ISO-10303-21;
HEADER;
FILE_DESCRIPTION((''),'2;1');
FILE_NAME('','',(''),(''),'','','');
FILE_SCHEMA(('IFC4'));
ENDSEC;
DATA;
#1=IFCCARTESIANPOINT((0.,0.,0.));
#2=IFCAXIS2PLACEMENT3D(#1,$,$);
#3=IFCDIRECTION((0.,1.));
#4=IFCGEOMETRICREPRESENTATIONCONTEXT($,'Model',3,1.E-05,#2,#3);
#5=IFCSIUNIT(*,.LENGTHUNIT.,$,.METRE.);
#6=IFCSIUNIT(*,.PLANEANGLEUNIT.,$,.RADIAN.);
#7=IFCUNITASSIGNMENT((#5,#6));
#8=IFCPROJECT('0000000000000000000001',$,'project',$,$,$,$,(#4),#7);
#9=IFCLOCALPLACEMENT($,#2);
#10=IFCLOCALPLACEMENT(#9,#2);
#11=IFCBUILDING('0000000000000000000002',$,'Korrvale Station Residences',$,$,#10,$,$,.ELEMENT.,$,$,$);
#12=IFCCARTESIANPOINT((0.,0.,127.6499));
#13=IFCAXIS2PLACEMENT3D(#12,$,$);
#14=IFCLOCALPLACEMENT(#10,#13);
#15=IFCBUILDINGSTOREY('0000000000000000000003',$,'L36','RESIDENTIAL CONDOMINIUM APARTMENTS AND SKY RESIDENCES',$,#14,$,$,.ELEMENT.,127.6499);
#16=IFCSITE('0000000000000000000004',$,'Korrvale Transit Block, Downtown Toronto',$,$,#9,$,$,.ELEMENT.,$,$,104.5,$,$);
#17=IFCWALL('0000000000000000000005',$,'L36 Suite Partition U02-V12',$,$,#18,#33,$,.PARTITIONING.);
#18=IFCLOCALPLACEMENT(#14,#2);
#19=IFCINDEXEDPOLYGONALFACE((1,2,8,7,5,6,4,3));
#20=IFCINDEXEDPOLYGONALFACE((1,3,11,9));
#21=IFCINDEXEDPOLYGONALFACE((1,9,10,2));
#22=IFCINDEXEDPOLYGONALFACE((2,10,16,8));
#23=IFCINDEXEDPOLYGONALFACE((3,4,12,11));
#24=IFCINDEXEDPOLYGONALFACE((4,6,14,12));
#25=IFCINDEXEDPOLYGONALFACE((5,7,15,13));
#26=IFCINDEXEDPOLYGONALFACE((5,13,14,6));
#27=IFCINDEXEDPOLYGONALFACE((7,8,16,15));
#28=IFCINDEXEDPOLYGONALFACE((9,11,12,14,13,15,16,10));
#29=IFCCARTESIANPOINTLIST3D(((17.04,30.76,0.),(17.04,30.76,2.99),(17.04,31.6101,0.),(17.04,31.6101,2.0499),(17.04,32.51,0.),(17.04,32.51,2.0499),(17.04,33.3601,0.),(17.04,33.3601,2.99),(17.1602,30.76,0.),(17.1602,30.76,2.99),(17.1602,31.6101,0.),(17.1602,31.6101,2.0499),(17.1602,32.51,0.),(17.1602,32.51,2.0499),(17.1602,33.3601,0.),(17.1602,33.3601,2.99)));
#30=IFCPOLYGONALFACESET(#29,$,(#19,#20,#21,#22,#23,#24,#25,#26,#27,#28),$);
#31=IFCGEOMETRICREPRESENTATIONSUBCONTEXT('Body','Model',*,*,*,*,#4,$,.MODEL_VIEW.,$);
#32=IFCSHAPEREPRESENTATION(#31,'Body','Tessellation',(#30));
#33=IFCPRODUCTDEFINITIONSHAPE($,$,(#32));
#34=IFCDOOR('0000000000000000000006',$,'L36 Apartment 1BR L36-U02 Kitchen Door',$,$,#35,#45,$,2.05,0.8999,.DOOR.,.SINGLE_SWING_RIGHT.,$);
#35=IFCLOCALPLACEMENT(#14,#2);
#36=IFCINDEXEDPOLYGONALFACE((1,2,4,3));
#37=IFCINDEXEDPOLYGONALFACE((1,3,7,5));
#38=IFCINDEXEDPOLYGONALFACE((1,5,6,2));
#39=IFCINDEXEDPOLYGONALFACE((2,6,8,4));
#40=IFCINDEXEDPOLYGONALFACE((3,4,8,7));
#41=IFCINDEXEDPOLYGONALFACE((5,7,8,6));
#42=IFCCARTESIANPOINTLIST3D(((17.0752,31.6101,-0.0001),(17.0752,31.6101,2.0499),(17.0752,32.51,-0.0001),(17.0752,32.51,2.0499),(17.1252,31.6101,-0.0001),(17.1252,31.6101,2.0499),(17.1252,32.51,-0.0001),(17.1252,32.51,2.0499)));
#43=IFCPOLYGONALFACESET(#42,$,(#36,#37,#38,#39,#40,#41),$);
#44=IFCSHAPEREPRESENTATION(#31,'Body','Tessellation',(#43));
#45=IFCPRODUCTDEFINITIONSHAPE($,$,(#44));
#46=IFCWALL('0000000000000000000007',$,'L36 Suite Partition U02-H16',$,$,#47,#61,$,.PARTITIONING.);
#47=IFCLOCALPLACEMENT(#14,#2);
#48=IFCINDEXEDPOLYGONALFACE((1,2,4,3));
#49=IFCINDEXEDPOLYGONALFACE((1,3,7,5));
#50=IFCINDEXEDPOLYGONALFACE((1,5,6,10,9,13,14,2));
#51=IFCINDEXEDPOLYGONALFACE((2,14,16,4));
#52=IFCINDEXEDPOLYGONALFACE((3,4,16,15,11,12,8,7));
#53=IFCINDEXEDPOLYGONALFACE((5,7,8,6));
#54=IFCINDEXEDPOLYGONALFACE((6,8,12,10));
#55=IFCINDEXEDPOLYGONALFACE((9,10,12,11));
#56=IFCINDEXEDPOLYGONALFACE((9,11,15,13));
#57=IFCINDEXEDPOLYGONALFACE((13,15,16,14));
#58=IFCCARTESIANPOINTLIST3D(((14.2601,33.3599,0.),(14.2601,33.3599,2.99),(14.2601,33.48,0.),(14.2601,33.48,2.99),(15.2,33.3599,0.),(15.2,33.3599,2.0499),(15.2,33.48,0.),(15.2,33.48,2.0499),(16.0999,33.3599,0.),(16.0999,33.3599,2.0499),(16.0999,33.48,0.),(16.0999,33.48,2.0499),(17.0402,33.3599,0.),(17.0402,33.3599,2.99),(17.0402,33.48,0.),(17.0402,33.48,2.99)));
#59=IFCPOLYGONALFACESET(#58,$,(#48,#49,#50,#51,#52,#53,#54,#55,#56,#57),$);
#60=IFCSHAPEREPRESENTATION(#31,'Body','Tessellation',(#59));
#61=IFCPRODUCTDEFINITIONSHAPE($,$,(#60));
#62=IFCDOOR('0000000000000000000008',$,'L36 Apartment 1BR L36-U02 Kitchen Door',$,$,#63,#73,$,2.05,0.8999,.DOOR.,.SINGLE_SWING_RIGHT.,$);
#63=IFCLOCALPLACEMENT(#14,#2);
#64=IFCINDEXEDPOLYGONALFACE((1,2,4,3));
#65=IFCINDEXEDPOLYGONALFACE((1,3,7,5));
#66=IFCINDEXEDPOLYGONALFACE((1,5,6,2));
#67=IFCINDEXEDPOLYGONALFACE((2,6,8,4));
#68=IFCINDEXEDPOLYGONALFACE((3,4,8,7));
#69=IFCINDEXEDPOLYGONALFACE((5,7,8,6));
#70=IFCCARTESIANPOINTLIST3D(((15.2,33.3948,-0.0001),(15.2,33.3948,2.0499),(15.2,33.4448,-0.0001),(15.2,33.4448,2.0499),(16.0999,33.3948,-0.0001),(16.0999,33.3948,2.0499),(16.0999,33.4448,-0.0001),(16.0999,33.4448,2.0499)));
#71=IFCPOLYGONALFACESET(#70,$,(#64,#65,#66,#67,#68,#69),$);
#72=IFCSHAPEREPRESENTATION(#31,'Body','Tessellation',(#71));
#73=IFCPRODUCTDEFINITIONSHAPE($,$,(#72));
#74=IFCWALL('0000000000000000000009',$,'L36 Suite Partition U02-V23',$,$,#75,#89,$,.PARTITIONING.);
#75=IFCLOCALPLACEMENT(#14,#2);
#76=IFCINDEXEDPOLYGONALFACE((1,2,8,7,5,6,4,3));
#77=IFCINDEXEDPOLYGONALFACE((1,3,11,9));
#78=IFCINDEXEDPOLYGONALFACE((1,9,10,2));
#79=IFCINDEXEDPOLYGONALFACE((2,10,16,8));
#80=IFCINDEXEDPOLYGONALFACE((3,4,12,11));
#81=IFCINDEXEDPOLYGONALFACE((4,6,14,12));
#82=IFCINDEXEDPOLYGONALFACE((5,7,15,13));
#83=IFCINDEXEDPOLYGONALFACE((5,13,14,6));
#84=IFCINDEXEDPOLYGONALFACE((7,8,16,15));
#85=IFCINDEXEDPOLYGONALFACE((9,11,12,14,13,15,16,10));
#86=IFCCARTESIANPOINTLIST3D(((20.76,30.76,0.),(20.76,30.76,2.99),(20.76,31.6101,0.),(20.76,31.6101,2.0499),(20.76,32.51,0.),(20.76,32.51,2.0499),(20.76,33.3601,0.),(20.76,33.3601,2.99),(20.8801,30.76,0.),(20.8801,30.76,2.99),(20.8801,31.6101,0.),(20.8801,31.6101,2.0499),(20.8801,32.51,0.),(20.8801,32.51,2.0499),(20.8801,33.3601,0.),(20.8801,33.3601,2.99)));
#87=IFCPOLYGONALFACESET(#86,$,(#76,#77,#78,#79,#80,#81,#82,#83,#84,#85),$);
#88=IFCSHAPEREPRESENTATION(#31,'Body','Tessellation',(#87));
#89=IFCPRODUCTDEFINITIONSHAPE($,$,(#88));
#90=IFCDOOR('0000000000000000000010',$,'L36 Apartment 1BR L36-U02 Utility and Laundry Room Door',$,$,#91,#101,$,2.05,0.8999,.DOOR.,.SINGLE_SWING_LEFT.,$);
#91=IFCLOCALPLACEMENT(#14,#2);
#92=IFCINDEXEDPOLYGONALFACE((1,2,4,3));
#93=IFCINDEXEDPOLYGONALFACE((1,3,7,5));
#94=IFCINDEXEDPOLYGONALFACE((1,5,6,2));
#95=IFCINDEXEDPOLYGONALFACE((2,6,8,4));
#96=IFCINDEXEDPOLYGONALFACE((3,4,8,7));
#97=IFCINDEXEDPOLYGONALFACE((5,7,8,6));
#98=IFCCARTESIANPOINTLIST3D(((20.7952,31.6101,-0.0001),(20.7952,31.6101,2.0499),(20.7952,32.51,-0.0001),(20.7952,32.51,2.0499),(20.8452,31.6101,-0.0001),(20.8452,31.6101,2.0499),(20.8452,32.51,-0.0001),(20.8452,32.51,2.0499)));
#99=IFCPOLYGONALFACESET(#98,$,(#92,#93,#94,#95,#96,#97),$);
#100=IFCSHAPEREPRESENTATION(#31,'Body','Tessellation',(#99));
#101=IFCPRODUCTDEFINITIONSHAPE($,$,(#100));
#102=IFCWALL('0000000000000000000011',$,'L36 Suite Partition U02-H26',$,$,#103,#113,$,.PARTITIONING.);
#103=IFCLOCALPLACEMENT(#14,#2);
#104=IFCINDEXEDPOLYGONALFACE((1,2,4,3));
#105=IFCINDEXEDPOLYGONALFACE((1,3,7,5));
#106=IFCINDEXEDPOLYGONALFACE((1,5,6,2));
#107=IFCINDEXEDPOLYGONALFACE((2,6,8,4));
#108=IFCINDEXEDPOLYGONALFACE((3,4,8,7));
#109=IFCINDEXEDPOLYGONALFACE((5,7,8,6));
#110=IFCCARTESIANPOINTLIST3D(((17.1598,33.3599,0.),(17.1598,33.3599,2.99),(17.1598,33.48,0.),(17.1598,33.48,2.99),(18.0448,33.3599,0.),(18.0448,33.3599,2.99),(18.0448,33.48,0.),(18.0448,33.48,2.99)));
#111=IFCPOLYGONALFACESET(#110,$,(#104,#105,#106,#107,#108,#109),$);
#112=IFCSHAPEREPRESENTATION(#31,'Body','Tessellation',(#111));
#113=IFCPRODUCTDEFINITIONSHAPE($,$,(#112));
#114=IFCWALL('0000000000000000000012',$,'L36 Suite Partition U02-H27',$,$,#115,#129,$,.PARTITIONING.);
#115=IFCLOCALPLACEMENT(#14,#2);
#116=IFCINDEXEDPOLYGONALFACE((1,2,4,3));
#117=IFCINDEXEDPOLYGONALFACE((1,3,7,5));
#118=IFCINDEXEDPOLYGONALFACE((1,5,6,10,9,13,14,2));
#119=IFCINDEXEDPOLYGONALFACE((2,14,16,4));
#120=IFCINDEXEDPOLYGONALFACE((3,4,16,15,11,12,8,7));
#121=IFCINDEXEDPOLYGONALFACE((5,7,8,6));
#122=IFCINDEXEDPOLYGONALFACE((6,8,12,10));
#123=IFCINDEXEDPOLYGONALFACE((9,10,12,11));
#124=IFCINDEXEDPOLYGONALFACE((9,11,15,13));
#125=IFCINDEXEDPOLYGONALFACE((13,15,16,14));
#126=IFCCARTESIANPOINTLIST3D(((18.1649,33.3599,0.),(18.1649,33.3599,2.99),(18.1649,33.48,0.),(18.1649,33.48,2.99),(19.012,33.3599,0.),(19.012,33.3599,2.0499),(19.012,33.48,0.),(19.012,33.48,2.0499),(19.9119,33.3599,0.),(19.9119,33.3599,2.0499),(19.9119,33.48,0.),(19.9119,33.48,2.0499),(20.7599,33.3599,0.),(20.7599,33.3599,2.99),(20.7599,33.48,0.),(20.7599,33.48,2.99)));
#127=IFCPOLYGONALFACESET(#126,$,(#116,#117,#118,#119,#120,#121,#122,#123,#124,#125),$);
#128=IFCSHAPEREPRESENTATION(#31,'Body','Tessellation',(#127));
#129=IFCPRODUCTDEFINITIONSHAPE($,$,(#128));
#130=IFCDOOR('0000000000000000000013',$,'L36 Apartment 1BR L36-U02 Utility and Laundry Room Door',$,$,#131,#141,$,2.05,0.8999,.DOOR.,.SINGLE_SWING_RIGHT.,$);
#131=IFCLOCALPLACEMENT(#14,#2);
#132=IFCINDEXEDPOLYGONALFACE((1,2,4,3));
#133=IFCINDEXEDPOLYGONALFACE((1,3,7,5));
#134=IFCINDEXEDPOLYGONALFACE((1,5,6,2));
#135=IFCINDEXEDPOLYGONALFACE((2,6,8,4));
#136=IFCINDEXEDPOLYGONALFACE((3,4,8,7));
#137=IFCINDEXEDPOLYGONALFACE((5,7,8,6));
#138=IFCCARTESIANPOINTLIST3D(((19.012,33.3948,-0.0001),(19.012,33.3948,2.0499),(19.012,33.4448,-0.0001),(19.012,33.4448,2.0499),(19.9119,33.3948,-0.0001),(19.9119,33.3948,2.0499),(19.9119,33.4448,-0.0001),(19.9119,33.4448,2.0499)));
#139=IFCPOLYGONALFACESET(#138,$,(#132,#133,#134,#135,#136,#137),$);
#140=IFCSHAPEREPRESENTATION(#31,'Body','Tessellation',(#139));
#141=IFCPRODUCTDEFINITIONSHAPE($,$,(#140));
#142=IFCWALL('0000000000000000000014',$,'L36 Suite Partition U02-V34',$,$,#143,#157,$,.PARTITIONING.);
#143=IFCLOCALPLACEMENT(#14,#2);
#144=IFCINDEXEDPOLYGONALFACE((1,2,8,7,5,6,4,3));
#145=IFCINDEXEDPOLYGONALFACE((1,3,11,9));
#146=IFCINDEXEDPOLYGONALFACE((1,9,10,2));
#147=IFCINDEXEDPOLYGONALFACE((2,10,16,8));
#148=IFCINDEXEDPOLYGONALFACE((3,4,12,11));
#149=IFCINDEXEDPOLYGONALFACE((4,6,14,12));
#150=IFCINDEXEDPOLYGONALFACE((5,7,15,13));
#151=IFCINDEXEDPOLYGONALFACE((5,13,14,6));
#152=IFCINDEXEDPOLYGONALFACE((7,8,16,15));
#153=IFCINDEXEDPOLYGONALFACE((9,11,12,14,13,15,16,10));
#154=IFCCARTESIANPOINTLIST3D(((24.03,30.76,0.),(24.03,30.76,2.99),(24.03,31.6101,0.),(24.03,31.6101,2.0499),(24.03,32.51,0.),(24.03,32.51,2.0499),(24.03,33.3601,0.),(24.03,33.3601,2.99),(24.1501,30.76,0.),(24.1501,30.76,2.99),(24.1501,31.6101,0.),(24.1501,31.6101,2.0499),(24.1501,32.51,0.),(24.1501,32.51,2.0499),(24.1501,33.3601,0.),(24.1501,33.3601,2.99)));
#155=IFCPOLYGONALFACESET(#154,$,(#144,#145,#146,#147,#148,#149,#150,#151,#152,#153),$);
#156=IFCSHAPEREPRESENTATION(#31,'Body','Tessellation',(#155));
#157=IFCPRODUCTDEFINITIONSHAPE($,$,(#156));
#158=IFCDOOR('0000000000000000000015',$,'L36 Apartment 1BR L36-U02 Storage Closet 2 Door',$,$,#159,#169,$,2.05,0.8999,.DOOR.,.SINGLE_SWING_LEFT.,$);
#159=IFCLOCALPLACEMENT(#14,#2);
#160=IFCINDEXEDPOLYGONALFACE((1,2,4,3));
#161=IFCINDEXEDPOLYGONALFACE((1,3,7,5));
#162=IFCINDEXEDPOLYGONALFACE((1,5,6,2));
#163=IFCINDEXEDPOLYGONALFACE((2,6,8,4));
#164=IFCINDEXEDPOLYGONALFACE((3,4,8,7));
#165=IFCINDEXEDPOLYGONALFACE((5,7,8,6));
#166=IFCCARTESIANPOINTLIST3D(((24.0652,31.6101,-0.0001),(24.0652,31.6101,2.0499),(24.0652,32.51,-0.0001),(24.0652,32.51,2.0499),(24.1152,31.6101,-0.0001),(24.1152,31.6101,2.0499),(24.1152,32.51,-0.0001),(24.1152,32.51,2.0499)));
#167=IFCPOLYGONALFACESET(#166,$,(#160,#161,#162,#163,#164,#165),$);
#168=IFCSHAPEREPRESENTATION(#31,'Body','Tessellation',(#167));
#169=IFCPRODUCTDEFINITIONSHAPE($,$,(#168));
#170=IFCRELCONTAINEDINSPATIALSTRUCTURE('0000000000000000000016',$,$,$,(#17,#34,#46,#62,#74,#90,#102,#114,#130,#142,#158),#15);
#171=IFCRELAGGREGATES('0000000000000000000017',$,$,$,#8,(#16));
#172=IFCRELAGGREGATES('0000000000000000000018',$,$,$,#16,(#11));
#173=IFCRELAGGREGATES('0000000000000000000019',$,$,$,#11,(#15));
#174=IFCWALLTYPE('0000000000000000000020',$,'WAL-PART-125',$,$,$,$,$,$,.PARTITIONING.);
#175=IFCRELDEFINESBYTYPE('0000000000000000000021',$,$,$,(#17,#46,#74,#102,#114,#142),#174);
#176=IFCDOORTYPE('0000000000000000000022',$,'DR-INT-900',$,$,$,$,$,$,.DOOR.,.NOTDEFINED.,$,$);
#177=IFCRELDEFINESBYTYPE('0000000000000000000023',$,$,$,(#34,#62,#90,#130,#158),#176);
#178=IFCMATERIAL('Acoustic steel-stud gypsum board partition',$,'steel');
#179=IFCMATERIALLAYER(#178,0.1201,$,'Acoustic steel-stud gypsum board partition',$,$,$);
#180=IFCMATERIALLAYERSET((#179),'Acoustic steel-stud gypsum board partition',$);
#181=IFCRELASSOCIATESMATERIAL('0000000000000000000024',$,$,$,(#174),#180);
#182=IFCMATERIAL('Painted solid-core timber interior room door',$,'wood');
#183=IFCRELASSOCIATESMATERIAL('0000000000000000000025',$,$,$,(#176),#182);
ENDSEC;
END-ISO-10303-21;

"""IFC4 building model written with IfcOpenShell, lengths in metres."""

from ifc_helpers import new_model, si_unit, direction, frame, frame_2d, origin, place, context, subcontext, project, spatial, rectangle, extrude, material, layer, layer_set, type_object, element, fill, save


model = new_model("IFC4")

# Units and contexts
model_context = context("Model", 3, precision=1e-05, world=origin(), true_north=direction((0.0, 1.0)))
body_context = subcontext(model_context, "Body", "Model", "MODEL_VIEW")
ifc_project = project(units=[si_unit("LENGTHUNIT", "METRE"), si_unit("PLANEANGLEUNIT", "RADIAN")], contexts=[model_context])

# Site, building, storey
site_placement = place(None, origin())
site = spatial("IfcSite", under=ifc_project, at=site_placement, Name="Korrvale Transit Block, Downtown Toronto", CompositionType="ELEMENT", RefElevation=104.5)
building_placement = place(site_placement, origin())
building = spatial("IfcBuilding", under=site, at=building_placement, Name="Korrvale Station Residences", CompositionType="ELEMENT")
storey_placement = place(building_placement, frame((0.0, 0.0, 127.6499)))
storey = spatial("IfcBuildingStorey", under=building, at=storey_placement, Name="L36", Description="RESIDENTIAL CONDOMINIUM APARTMENTS AND SKY RESIDENCES", CompositionType="ELEMENT", Elevation=127.6499)

# Walls, openings, doors
ifc_material_1 = material(Name="Acoustic steel-stud gypsum board partition", Category="steel")
ifc_layer_1 = layer(ifc_material_1, 0.1201, Name="Acoustic steel-stud gypsum board partition")
ifc_layer_set_1 = layer_set([ifc_layer_1], Name="Acoustic steel-stud gypsum board partition")
wall_type = type_object("IfcWallType", Name="WAL-PART-125", PredefinedType="PARTITIONING", material=ifc_layer_set_1)
wall_1_placement = place(storey_placement, frame((17.1001, 30.76, 0.0), z_axis=(0.0, 0.0, 1.0), x_axis=(0.0, 1.0, 0.0)))
wall_1 = element("IfcWall", 1, at=wall_1_placement, inside=storey, type_object=wall_type, Name="L36 Suite Partition U02-V12", PredefinedType="PARTITIONING", context=body_context, shape_type="SweptSolid", body=[
    extrude(rectangle(XDim=2.6001, YDim=0.1201, at=frame_2d((1.3, 0.0))), origin(), (0.0, 0.0, 1.0), 2.99),
])
opening_1_placement = place(wall_1_placement, frame((0.8501, 0.0, 0.0)))
opening_1 = element("IfcOpeningElement", 2, at=opening_1_placement, cuts=wall_1, PredefinedType="OPENING", context=body_context, shape_type="SweptSolid", body=[
    extrude(rectangle(XDim=0.8999, YDim=2.05, at=frame_2d((0.45, 1.0249))), frame((0.0, 0.0701, 0.0), z_axis=(0.0, -1.0, 0.0), x_axis=(1.0, 0.0, 0.0)), (0.0, 0.0, 1.0), 0.1401),
])
ifc_material_2 = material(Name="Painted solid-core timber interior room door", Category="wood")
door_type = type_object("IfcDoorType", Name="DR-INT-900", OperationType="NOTDEFINED", PredefinedType="DOOR", material=ifc_material_2)
door_1_placement = place(opening_1_placement, origin())
door_1 = element("IfcDoor", 3, at=door_1_placement, inside=storey, type_object=door_type, Name="L36 Apartment 1BR L36-U02 Kitchen Door", OperationType="SINGLE_SWING_RIGHT", OverallHeight=2.05, OverallWidth=0.8999, PredefinedType="DOOR", context=body_context, shape_type="SweptSolid", body=[
    extrude(rectangle(XDim=0.8999, YDim=2.05, at=frame_2d((0.45, 1.0249))), frame((0.0, 0.0249, 0.0), z_axis=(0.0, -1.0, 0.0), x_axis=(1.0, 0.0, 0.0)), (0.0, 0.0, 1.0), 0.05),
])
fill(opening_1, door_1)
wall_2_placement = place(storey_placement, frame((14.26, 33.4199, 0.0), z_axis=(0.0, 0.0, 1.0), x_axis=(1.0, 0.0, 0.0)))
wall_2 = element("IfcWall", 4, at=wall_2_placement, inside=storey, type_object=wall_type, Name="L36 Suite Partition U02-H16", PredefinedType="PARTITIONING", context=body_context, shape_type="SweptSolid", body=[
    extrude(rectangle(XDim=2.78, YDim=0.1201, at=frame_2d((1.3901, 0.0))), origin(), (0.0, 0.0, 1.0), 2.99),
])
opening_2_placement = place(wall_2_placement, frame((0.9399, 0.0, 0.0)))
opening_2 = element("IfcOpeningElement", 5, at=opening_2_placement, cuts=wall_2, PredefinedType="OPENING", context=body_context, shape_type="SweptSolid", body=[
    extrude(rectangle(XDim=0.8999, YDim=2.05, at=frame_2d((0.45, 1.0249))), frame((0.0, 0.0701, 0.0), z_axis=(0.0, -1.0, 0.0), x_axis=(1.0, 0.0, 0.0)), (0.0, 0.0, 1.0), 0.1401),
])
door_2_placement = place(opening_2_placement, origin())
door_2 = element("IfcDoor", 6, at=door_2_placement, inside=storey, type_object=door_type, Name="L36 Apartment 1BR L36-U02 Kitchen Door", OperationType="SINGLE_SWING_RIGHT", OverallHeight=2.05, OverallWidth=0.8999, PredefinedType="DOOR", context=body_context, shape_type="SweptSolid", body=[
    extrude(rectangle(XDim=0.8999, YDim=2.05, at=frame_2d((0.45, 1.0249))), frame((0.0, 0.0249, 0.0), z_axis=(0.0, -1.0, 0.0), x_axis=(1.0, 0.0, 0.0)), (0.0, 0.0, 1.0), 0.05),
])
fill(opening_2, door_2)
wall_3_placement = place(storey_placement, frame((20.8201, 30.76, 0.0), z_axis=(0.0, 0.0, 1.0), x_axis=(0.0, 1.0, 0.0)))
wall_3 = element("IfcWall", 7, at=wall_3_placement, inside=storey, type_object=wall_type, Name="L36 Suite Partition U02-V23", PredefinedType="PARTITIONING", context=body_context, shape_type="SweptSolid", body=[
    extrude(rectangle(XDim=2.6001, YDim=0.1201, at=frame_2d((1.3, 0.0))), origin(), (0.0, 0.0, 1.0), 2.99),
])
opening_3_placement = place(wall_3_placement, frame((0.8501, 0.0, 0.0)))
opening_3 = element("IfcOpeningElement", 8, at=opening_3_placement, cuts=wall_3, PredefinedType="OPENING", context=body_context, shape_type="SweptSolid", body=[
    extrude(rectangle(XDim=0.8999, YDim=2.05, at=frame_2d((0.45, 1.0249))), frame((0.0, 0.0701, 0.0), z_axis=(0.0, -1.0, 0.0), x_axis=(1.0, 0.0, 0.0)), (0.0, 0.0, 1.0), 0.1401),
])
door_3_placement = place(opening_3_placement, origin())
door_3 = element("IfcDoor", 9, at=door_3_placement, inside=storey, type_object=door_type, Name="L36 Apartment 1BR L36-U02 Utility and Laundry Room Door", OperationType="SINGLE_SWING_LEFT", OverallHeight=2.05, OverallWidth=0.8999, PredefinedType="DOOR", context=body_context, shape_type="SweptSolid", body=[
    extrude(rectangle(XDim=0.8999, YDim=2.05, at=frame_2d((0.45, 1.0249))), frame((0.0, 0.0249, 0.0), z_axis=(0.0, -1.0, 0.0), x_axis=(1.0, 0.0, 0.0)), (0.0, 0.0, 1.0), 0.05),
])
fill(opening_3, door_3)

# Wall
wall_4_placement = place(storey_placement, frame((17.1599, 33.4199, 0.0), z_axis=(0.0, 0.0, 1.0), x_axis=(1.0, 0.0, 0.0)))
element("IfcWall", 10, at=wall_4_placement, inside=storey, type_object=wall_type, Name="L36 Suite Partition U02-H26", PredefinedType="PARTITIONING", context=body_context, shape_type="SweptSolid", body=[
    extrude(rectangle(XDim=0.885, YDim=0.1201, at=frame_2d((0.4424, 0.0))), origin(), (0.0, 0.0, 1.0), 2.99),
])

# Walls, openings, doors
wall_5_placement = place(storey_placement, frame((18.165, 33.4199, 0.0), z_axis=(0.0, 0.0, 1.0), x_axis=(1.0, 0.0, 0.0)))
wall_5 = element("IfcWall", 11, at=wall_5_placement, inside=storey, type_object=wall_type, Name="L36 Suite Partition U02-H27", PredefinedType="PARTITIONING", context=body_context, shape_type="SweptSolid", body=[
    extrude(rectangle(XDim=2.595, YDim=0.1201, at=frame_2d((1.2974, 0.0))), origin(), (0.0, 0.0, 1.0), 2.99),
])
opening_4_placement = place(wall_5_placement, frame((0.8469, 0.0, 0.0)))
opening_4 = element("IfcOpeningElement", 12, at=opening_4_placement, cuts=wall_5, PredefinedType="OPENING", context=body_context, shape_type="SweptSolid", body=[
    extrude(rectangle(XDim=0.8999, YDim=2.05, at=frame_2d((0.45, 1.0249))), frame((0.0, 0.0701, 0.0), z_axis=(0.0, -1.0, 0.0), x_axis=(1.0, 0.0, 0.0)), (0.0, 0.0, 1.0), 0.1401),
])
door_4_placement = place(opening_4_placement, origin())
door_4 = element("IfcDoor", 13, at=door_4_placement, inside=storey, type_object=door_type, Name="L36 Apartment 1BR L36-U02 Utility and Laundry Room Door", OperationType="SINGLE_SWING_RIGHT", OverallHeight=2.05, OverallWidth=0.8999, PredefinedType="DOOR", context=body_context, shape_type="SweptSolid", body=[
    extrude(rectangle(XDim=0.8999, YDim=2.05, at=frame_2d((0.45, 1.0249))), frame((0.0, 0.0249, 0.0), z_axis=(0.0, -1.0, 0.0), x_axis=(1.0, 0.0, 0.0)), (0.0, 0.0, 1.0), 0.05),
])
fill(opening_4, door_4)
wall_6_placement = place(storey_placement, frame((24.0901, 30.76, 0.0), z_axis=(0.0, 0.0, 1.0), x_axis=(0.0, 1.0, 0.0)))
wall_6 = element("IfcWall", 14, at=wall_6_placement, inside=storey, type_object=wall_type, Name="L36 Suite Partition U02-V34", PredefinedType="PARTITIONING", context=body_context, shape_type="SweptSolid", body=[
    extrude(rectangle(XDim=2.6001, YDim=0.1201, at=frame_2d((1.3, 0.0))), origin(), (0.0, 0.0, 1.0), 2.99),
])
opening_5_placement = place(wall_6_placement, frame((0.8501, 0.0, 0.0)))
opening_5 = element("IfcOpeningElement", 15, at=opening_5_placement, cuts=wall_6, PredefinedType="OPENING", context=body_context, shape_type="SweptSolid", body=[
    extrude(rectangle(XDim=0.8999, YDim=2.05, at=frame_2d((0.45, 1.0249))), frame((0.0, 0.0701, 0.0), z_axis=(0.0, -1.0, 0.0), x_axis=(1.0, 0.0, 0.0)), (0.0, 0.0, 1.0), 0.1401),
])
door_5_placement = place(opening_5_placement, origin())
door_5 = element("IfcDoor", 16, at=door_5_placement, inside=storey, type_object=door_type, Name="L36 Apartment 1BR L36-U02 Storage Closet 2 Door", OperationType="SINGLE_SWING_LEFT", OverallHeight=2.05, OverallWidth=0.8999, PredefinedType="DOOR", context=body_context, shape_type="SweptSolid", body=[
    extrude(rectangle(XDim=0.8999, YDim=2.05, at=frame_2d((0.45, 1.0249))), frame((0.0, 0.0249, 0.0), z_axis=(0.0, -1.0, 0.0), x_axis=(1.0, 0.0, 0.0)), (0.0, 0.0, 1.0), 0.05),
])
fill(opening_5, door_5)

save(model, "model.ifc")
